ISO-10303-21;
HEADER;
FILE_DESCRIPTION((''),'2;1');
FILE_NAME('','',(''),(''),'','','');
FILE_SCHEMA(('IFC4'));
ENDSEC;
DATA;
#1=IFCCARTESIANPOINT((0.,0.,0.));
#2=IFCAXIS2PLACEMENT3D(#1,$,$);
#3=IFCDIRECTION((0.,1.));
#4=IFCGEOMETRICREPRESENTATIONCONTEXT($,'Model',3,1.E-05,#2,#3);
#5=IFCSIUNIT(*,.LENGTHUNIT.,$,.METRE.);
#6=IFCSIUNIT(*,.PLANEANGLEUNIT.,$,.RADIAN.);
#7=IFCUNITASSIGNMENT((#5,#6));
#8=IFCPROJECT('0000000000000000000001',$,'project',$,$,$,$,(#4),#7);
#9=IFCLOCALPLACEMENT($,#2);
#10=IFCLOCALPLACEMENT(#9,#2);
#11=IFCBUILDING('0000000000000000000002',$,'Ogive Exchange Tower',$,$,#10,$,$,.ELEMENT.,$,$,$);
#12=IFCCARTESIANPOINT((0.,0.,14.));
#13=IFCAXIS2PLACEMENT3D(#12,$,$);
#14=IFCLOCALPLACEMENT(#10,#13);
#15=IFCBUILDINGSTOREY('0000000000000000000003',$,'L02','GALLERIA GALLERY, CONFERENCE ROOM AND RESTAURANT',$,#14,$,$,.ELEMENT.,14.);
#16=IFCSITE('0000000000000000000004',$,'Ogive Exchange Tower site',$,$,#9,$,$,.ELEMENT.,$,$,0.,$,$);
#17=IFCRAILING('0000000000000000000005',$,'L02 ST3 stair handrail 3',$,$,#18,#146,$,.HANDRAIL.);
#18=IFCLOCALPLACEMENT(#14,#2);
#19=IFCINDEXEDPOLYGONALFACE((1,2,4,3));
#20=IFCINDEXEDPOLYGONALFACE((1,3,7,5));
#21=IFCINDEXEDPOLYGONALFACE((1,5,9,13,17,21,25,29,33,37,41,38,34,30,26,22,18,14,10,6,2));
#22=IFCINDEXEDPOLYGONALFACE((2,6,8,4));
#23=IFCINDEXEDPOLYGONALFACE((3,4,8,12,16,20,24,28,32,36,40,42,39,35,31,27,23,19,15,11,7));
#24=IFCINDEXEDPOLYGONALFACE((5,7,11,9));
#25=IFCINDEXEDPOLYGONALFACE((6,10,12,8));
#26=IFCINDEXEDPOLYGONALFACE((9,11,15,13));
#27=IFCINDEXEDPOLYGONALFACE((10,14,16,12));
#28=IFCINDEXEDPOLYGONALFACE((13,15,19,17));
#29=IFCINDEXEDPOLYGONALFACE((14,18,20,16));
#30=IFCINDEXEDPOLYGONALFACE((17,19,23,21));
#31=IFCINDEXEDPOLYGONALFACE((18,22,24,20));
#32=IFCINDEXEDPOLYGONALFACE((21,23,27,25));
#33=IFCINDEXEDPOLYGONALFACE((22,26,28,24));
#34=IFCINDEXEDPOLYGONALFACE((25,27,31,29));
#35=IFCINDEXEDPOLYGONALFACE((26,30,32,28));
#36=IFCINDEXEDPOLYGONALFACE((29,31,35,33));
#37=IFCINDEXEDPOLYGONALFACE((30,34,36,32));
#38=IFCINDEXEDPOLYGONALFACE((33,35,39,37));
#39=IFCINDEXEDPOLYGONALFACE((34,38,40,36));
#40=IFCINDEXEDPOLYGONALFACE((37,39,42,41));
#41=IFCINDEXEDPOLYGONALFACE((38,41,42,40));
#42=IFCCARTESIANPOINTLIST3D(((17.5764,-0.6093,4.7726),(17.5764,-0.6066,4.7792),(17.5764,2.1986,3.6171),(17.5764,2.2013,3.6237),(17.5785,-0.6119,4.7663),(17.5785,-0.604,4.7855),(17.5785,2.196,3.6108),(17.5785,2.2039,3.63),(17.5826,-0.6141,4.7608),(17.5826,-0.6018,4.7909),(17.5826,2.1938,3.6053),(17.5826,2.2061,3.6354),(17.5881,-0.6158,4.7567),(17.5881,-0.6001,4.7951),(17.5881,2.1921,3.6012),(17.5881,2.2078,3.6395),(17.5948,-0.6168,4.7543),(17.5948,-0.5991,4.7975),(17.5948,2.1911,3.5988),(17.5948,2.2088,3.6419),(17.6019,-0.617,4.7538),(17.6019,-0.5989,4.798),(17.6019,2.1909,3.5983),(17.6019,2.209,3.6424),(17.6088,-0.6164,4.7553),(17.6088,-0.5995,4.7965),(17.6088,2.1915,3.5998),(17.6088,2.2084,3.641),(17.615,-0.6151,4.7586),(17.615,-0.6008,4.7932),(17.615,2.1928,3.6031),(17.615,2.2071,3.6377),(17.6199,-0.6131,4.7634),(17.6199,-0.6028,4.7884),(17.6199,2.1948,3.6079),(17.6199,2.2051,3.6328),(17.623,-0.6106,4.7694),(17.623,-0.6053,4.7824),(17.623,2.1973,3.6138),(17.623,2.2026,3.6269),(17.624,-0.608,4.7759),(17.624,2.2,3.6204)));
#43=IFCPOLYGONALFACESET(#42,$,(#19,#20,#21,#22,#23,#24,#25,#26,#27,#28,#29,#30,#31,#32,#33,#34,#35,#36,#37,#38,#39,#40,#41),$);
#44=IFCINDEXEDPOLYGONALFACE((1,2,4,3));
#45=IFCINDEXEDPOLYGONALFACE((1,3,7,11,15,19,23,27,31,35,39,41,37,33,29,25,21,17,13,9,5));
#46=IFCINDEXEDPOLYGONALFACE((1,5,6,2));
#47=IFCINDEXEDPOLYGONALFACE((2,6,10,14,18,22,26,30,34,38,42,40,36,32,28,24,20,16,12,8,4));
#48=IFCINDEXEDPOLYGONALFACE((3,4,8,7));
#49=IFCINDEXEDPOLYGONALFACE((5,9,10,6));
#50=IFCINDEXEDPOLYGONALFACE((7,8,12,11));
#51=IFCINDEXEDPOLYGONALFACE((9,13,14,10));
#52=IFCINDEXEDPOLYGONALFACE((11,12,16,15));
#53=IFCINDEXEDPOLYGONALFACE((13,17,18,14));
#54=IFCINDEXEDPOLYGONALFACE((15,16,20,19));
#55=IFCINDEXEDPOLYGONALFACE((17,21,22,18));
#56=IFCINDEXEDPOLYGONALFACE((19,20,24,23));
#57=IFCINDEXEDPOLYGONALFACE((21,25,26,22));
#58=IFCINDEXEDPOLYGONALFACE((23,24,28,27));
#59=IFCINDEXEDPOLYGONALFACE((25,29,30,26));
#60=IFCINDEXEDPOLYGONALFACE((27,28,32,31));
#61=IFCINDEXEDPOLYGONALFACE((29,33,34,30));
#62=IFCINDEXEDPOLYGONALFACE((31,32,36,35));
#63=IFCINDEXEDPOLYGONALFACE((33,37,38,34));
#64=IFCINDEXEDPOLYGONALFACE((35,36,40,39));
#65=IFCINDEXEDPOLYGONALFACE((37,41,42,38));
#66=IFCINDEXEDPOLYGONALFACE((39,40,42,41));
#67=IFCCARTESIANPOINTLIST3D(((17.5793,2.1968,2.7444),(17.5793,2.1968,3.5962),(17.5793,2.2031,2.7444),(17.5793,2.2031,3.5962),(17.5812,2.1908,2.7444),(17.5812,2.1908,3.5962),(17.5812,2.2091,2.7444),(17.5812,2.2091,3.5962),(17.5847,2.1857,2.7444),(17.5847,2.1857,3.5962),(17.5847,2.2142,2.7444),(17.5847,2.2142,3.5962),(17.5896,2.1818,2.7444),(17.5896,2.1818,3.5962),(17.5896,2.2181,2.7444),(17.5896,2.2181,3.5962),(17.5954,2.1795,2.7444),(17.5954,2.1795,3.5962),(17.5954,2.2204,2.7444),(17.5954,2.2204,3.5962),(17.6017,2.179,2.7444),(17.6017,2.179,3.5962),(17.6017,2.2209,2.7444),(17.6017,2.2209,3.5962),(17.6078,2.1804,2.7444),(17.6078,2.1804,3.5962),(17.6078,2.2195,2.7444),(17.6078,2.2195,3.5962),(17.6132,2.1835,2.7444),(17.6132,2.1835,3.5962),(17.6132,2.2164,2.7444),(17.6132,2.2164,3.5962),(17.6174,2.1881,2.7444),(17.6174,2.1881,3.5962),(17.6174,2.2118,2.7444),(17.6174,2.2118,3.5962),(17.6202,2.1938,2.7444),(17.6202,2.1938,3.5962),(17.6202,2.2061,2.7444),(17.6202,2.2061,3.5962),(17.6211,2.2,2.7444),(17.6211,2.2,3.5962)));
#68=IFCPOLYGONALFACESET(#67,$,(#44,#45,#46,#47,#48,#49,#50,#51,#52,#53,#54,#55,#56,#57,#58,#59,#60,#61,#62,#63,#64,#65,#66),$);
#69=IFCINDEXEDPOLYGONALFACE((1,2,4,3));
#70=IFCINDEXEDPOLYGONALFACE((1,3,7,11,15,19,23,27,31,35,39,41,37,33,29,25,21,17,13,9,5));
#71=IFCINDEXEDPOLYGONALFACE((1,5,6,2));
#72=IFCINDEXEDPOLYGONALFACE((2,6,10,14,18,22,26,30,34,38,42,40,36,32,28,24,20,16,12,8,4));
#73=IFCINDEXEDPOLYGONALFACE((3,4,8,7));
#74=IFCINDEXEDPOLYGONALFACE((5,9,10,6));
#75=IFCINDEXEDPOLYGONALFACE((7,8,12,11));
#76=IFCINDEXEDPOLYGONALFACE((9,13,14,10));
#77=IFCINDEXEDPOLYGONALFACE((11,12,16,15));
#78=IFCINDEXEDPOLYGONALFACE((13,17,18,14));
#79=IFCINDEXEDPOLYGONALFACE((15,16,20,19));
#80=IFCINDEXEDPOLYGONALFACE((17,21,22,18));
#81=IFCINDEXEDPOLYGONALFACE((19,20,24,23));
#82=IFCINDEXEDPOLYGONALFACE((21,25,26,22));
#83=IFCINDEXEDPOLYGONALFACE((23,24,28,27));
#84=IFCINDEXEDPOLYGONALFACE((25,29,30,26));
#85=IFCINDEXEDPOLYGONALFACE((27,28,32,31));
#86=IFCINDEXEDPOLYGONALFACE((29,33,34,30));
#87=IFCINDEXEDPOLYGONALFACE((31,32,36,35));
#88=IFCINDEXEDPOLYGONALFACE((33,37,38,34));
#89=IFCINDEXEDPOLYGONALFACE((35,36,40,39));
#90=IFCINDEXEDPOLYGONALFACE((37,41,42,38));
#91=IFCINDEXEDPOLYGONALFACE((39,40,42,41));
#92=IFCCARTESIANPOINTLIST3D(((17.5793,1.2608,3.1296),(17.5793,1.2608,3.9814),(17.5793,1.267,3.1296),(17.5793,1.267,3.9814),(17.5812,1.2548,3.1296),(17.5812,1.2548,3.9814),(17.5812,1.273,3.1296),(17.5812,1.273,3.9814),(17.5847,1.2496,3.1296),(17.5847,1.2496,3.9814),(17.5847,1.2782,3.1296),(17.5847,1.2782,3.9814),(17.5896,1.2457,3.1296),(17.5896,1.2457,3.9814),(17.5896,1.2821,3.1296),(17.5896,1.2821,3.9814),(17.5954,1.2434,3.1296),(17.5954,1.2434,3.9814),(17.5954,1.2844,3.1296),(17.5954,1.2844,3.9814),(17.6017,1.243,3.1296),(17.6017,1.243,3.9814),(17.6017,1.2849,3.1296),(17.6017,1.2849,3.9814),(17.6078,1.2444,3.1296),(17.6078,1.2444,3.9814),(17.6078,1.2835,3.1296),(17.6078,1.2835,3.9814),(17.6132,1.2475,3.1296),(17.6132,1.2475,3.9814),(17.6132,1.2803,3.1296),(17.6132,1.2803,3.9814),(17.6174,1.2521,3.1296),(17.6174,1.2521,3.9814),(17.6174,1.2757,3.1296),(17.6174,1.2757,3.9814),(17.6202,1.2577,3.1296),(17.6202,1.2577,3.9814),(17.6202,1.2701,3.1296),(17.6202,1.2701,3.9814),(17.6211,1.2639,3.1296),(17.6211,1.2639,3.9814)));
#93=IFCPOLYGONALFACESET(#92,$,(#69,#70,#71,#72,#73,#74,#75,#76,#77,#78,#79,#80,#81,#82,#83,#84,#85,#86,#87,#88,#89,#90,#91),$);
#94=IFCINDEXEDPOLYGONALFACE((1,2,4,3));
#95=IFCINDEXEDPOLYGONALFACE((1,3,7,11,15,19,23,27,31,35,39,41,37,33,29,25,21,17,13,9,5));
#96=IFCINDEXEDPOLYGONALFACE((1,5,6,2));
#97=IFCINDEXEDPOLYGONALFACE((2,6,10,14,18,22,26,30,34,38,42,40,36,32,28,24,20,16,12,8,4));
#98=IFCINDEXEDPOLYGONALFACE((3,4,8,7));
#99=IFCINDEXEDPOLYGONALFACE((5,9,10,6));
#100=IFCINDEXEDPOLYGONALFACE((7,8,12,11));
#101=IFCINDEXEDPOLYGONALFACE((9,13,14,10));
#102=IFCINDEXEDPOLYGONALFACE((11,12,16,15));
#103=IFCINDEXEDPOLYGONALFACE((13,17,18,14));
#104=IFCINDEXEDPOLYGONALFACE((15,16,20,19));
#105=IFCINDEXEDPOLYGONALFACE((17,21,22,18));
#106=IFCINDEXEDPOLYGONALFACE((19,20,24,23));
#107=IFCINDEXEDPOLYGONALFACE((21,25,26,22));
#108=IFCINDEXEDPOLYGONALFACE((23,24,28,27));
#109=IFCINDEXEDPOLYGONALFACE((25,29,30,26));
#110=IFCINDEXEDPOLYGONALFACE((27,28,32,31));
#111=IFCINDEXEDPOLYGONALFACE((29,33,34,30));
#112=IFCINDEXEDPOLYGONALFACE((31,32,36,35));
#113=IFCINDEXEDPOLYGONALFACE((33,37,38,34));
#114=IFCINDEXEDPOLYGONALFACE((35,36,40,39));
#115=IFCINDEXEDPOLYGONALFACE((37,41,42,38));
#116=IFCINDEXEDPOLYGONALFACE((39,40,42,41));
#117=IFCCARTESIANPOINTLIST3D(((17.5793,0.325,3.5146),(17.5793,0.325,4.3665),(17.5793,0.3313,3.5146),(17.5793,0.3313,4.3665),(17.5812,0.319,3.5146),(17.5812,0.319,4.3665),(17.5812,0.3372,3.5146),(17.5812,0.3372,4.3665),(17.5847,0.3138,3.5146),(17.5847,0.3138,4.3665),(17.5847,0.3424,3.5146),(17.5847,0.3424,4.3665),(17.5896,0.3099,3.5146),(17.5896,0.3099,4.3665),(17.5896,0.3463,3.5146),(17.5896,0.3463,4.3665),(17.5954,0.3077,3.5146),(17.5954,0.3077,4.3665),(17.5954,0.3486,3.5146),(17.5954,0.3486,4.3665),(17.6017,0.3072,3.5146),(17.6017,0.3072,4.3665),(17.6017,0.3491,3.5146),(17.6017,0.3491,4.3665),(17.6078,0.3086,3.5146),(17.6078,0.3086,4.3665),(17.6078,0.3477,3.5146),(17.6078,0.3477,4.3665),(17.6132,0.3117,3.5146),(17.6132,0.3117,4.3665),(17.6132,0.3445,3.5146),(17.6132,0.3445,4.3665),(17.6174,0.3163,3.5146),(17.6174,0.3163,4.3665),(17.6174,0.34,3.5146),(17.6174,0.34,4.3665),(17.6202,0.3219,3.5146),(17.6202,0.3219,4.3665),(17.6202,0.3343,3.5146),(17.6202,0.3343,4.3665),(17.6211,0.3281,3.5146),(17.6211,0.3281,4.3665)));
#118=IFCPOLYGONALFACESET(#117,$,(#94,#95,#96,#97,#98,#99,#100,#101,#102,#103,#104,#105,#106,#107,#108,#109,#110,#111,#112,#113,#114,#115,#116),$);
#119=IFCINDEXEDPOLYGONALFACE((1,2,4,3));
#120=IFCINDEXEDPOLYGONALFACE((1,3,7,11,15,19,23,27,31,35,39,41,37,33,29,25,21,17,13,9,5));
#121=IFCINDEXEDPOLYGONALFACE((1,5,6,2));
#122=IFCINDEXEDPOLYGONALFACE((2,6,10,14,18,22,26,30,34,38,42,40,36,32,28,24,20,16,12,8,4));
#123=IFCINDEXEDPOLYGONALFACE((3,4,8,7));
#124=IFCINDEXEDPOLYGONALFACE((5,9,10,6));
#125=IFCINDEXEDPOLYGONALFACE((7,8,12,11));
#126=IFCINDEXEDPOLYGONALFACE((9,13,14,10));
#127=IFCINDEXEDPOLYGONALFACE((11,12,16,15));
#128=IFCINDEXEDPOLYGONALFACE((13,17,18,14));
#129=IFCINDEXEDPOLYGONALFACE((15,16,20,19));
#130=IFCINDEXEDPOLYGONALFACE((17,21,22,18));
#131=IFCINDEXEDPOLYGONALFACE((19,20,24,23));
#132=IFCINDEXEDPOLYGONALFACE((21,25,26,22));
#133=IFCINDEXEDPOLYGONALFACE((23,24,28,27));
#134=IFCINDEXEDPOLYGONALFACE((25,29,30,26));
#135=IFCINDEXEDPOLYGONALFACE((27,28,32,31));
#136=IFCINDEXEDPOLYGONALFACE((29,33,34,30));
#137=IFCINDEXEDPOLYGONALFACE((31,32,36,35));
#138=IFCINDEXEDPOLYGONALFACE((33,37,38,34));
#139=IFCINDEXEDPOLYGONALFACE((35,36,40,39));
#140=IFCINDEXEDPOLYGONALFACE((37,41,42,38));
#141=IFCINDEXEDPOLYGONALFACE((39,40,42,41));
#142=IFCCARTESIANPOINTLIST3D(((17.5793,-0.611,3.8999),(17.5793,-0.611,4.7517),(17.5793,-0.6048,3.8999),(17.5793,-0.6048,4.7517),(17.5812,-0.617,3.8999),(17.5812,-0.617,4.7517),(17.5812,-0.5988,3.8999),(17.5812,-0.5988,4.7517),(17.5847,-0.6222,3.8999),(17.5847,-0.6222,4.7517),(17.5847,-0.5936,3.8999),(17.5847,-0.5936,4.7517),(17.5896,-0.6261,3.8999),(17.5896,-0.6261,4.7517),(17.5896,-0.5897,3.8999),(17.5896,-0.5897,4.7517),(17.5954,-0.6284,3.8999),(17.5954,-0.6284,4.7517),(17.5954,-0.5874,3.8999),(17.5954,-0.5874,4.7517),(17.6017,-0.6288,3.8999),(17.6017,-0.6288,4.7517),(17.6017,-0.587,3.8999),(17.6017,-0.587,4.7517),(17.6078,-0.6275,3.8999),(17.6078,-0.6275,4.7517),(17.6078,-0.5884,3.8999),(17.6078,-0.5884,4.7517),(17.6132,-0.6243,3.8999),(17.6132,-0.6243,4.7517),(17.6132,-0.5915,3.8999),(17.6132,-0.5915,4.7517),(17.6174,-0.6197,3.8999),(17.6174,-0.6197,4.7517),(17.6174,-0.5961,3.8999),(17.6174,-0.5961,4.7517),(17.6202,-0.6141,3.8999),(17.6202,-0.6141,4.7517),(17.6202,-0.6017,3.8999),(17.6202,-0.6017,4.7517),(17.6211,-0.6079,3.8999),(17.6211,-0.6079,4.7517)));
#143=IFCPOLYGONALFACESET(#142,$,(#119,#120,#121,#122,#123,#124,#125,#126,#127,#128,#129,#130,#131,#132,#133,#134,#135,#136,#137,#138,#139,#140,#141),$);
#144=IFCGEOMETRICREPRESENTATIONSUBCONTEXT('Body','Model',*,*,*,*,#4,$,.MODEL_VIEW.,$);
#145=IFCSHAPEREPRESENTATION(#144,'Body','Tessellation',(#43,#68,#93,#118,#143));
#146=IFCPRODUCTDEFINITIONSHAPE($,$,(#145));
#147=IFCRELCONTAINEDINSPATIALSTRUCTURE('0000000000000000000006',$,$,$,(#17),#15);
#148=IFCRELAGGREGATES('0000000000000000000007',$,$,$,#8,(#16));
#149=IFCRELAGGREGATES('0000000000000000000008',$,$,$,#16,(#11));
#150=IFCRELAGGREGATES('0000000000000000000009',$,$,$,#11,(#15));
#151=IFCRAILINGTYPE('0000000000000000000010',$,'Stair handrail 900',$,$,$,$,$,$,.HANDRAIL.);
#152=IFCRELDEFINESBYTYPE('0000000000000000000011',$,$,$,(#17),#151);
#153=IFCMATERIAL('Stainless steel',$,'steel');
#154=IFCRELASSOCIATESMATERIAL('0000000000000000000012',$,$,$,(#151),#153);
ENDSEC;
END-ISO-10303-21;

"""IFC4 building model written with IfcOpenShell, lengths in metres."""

from ifc_helpers import new_model, si_unit, direction, frame, origin, origin_2d, place, context, subcontext, project, spatial, circle, extrude, material, type_object, element, save


model = new_model("IFC4")

# Units and contexts
model_context = context("Model", 3, precision=1e-05, world=origin(), true_north=direction((0.0, 1.0)))
body_context = subcontext(model_context, "Body", "Model", "MODEL_VIEW")
ifc_project = project(units=[si_unit("LENGTHUNIT", "METRE"), si_unit("PLANEANGLEUNIT", "RADIAN")], contexts=[model_context])

# Site, building, storey
site_placement = place(None, origin())
site = spatial("IfcSite", under=ifc_project, at=site_placement, Name="Ogive Exchange Tower site", CompositionType="ELEMENT", RefElevation=0.0)
building_placement = place(site_placement, origin())
building = spatial("IfcBuilding", under=site, at=building_placement, Name="Ogive Exchange Tower", CompositionType="ELEMENT")
storey_placement = place(building_placement, frame((0.0, 0.0, 14.0)))
storey = spatial("IfcBuildingStorey", under=building, at=storey_placement, Name="L02", Description="GALLERIA GALLERY, CONFERENCE ROOM AND RESTAURANT", CompositionType="ELEMENT", Elevation=14.0)

# Shared definitions
ifc_material_1 = material(Name="Stainless steel", Category="steel")

# Railing
railing_type = type_object("IfcRailingType", Name="Stair handrail 900", PredefinedType="HANDRAIL", material=ifc_material_1)
railing_1_placement = place(storey_placement, frame((17.6001, 2.2, 2.7444)))
element("IfcRailing", 1, at=railing_1_placement, inside=storey, type_object=railing_type, Name="L02 ST3 stair handrail 3", PredefinedType="HANDRAIL", context=body_context, shape_type="SweptSolid", body=[
    extrude(circle(Radius=0.0239, at=origin_2d()), frame((0.0, 0.0, 0.876), z_axis=(0.0, -0.924755, 0.380564), x_axis=(1.0, 0.0, 0.0)), (0.0, 0.0, 1.0), 3.0364),
    extrude(circle(Radius=0.021, at=origin_2d()), origin(), (0.0, 0.0, 1.0), 0.8518),
    extrude(circle(Radius=0.021, at=origin_2d()), frame((0.0, -0.936, 0.3853)), (0.0, 0.0, 1.0), 0.8518),
    extrude(circle(Radius=0.021, at=origin_2d()), frame((0.0, -1.8718, 0.7703)), (0.0, 0.0, 1.0), 0.8518),
    extrude(circle(Radius=0.021, at=origin_2d()), frame((0.0, -2.8079, 1.1555)), (0.0, 0.0, 1.0), 0.8518),
])

save(model, "model.ifc")
